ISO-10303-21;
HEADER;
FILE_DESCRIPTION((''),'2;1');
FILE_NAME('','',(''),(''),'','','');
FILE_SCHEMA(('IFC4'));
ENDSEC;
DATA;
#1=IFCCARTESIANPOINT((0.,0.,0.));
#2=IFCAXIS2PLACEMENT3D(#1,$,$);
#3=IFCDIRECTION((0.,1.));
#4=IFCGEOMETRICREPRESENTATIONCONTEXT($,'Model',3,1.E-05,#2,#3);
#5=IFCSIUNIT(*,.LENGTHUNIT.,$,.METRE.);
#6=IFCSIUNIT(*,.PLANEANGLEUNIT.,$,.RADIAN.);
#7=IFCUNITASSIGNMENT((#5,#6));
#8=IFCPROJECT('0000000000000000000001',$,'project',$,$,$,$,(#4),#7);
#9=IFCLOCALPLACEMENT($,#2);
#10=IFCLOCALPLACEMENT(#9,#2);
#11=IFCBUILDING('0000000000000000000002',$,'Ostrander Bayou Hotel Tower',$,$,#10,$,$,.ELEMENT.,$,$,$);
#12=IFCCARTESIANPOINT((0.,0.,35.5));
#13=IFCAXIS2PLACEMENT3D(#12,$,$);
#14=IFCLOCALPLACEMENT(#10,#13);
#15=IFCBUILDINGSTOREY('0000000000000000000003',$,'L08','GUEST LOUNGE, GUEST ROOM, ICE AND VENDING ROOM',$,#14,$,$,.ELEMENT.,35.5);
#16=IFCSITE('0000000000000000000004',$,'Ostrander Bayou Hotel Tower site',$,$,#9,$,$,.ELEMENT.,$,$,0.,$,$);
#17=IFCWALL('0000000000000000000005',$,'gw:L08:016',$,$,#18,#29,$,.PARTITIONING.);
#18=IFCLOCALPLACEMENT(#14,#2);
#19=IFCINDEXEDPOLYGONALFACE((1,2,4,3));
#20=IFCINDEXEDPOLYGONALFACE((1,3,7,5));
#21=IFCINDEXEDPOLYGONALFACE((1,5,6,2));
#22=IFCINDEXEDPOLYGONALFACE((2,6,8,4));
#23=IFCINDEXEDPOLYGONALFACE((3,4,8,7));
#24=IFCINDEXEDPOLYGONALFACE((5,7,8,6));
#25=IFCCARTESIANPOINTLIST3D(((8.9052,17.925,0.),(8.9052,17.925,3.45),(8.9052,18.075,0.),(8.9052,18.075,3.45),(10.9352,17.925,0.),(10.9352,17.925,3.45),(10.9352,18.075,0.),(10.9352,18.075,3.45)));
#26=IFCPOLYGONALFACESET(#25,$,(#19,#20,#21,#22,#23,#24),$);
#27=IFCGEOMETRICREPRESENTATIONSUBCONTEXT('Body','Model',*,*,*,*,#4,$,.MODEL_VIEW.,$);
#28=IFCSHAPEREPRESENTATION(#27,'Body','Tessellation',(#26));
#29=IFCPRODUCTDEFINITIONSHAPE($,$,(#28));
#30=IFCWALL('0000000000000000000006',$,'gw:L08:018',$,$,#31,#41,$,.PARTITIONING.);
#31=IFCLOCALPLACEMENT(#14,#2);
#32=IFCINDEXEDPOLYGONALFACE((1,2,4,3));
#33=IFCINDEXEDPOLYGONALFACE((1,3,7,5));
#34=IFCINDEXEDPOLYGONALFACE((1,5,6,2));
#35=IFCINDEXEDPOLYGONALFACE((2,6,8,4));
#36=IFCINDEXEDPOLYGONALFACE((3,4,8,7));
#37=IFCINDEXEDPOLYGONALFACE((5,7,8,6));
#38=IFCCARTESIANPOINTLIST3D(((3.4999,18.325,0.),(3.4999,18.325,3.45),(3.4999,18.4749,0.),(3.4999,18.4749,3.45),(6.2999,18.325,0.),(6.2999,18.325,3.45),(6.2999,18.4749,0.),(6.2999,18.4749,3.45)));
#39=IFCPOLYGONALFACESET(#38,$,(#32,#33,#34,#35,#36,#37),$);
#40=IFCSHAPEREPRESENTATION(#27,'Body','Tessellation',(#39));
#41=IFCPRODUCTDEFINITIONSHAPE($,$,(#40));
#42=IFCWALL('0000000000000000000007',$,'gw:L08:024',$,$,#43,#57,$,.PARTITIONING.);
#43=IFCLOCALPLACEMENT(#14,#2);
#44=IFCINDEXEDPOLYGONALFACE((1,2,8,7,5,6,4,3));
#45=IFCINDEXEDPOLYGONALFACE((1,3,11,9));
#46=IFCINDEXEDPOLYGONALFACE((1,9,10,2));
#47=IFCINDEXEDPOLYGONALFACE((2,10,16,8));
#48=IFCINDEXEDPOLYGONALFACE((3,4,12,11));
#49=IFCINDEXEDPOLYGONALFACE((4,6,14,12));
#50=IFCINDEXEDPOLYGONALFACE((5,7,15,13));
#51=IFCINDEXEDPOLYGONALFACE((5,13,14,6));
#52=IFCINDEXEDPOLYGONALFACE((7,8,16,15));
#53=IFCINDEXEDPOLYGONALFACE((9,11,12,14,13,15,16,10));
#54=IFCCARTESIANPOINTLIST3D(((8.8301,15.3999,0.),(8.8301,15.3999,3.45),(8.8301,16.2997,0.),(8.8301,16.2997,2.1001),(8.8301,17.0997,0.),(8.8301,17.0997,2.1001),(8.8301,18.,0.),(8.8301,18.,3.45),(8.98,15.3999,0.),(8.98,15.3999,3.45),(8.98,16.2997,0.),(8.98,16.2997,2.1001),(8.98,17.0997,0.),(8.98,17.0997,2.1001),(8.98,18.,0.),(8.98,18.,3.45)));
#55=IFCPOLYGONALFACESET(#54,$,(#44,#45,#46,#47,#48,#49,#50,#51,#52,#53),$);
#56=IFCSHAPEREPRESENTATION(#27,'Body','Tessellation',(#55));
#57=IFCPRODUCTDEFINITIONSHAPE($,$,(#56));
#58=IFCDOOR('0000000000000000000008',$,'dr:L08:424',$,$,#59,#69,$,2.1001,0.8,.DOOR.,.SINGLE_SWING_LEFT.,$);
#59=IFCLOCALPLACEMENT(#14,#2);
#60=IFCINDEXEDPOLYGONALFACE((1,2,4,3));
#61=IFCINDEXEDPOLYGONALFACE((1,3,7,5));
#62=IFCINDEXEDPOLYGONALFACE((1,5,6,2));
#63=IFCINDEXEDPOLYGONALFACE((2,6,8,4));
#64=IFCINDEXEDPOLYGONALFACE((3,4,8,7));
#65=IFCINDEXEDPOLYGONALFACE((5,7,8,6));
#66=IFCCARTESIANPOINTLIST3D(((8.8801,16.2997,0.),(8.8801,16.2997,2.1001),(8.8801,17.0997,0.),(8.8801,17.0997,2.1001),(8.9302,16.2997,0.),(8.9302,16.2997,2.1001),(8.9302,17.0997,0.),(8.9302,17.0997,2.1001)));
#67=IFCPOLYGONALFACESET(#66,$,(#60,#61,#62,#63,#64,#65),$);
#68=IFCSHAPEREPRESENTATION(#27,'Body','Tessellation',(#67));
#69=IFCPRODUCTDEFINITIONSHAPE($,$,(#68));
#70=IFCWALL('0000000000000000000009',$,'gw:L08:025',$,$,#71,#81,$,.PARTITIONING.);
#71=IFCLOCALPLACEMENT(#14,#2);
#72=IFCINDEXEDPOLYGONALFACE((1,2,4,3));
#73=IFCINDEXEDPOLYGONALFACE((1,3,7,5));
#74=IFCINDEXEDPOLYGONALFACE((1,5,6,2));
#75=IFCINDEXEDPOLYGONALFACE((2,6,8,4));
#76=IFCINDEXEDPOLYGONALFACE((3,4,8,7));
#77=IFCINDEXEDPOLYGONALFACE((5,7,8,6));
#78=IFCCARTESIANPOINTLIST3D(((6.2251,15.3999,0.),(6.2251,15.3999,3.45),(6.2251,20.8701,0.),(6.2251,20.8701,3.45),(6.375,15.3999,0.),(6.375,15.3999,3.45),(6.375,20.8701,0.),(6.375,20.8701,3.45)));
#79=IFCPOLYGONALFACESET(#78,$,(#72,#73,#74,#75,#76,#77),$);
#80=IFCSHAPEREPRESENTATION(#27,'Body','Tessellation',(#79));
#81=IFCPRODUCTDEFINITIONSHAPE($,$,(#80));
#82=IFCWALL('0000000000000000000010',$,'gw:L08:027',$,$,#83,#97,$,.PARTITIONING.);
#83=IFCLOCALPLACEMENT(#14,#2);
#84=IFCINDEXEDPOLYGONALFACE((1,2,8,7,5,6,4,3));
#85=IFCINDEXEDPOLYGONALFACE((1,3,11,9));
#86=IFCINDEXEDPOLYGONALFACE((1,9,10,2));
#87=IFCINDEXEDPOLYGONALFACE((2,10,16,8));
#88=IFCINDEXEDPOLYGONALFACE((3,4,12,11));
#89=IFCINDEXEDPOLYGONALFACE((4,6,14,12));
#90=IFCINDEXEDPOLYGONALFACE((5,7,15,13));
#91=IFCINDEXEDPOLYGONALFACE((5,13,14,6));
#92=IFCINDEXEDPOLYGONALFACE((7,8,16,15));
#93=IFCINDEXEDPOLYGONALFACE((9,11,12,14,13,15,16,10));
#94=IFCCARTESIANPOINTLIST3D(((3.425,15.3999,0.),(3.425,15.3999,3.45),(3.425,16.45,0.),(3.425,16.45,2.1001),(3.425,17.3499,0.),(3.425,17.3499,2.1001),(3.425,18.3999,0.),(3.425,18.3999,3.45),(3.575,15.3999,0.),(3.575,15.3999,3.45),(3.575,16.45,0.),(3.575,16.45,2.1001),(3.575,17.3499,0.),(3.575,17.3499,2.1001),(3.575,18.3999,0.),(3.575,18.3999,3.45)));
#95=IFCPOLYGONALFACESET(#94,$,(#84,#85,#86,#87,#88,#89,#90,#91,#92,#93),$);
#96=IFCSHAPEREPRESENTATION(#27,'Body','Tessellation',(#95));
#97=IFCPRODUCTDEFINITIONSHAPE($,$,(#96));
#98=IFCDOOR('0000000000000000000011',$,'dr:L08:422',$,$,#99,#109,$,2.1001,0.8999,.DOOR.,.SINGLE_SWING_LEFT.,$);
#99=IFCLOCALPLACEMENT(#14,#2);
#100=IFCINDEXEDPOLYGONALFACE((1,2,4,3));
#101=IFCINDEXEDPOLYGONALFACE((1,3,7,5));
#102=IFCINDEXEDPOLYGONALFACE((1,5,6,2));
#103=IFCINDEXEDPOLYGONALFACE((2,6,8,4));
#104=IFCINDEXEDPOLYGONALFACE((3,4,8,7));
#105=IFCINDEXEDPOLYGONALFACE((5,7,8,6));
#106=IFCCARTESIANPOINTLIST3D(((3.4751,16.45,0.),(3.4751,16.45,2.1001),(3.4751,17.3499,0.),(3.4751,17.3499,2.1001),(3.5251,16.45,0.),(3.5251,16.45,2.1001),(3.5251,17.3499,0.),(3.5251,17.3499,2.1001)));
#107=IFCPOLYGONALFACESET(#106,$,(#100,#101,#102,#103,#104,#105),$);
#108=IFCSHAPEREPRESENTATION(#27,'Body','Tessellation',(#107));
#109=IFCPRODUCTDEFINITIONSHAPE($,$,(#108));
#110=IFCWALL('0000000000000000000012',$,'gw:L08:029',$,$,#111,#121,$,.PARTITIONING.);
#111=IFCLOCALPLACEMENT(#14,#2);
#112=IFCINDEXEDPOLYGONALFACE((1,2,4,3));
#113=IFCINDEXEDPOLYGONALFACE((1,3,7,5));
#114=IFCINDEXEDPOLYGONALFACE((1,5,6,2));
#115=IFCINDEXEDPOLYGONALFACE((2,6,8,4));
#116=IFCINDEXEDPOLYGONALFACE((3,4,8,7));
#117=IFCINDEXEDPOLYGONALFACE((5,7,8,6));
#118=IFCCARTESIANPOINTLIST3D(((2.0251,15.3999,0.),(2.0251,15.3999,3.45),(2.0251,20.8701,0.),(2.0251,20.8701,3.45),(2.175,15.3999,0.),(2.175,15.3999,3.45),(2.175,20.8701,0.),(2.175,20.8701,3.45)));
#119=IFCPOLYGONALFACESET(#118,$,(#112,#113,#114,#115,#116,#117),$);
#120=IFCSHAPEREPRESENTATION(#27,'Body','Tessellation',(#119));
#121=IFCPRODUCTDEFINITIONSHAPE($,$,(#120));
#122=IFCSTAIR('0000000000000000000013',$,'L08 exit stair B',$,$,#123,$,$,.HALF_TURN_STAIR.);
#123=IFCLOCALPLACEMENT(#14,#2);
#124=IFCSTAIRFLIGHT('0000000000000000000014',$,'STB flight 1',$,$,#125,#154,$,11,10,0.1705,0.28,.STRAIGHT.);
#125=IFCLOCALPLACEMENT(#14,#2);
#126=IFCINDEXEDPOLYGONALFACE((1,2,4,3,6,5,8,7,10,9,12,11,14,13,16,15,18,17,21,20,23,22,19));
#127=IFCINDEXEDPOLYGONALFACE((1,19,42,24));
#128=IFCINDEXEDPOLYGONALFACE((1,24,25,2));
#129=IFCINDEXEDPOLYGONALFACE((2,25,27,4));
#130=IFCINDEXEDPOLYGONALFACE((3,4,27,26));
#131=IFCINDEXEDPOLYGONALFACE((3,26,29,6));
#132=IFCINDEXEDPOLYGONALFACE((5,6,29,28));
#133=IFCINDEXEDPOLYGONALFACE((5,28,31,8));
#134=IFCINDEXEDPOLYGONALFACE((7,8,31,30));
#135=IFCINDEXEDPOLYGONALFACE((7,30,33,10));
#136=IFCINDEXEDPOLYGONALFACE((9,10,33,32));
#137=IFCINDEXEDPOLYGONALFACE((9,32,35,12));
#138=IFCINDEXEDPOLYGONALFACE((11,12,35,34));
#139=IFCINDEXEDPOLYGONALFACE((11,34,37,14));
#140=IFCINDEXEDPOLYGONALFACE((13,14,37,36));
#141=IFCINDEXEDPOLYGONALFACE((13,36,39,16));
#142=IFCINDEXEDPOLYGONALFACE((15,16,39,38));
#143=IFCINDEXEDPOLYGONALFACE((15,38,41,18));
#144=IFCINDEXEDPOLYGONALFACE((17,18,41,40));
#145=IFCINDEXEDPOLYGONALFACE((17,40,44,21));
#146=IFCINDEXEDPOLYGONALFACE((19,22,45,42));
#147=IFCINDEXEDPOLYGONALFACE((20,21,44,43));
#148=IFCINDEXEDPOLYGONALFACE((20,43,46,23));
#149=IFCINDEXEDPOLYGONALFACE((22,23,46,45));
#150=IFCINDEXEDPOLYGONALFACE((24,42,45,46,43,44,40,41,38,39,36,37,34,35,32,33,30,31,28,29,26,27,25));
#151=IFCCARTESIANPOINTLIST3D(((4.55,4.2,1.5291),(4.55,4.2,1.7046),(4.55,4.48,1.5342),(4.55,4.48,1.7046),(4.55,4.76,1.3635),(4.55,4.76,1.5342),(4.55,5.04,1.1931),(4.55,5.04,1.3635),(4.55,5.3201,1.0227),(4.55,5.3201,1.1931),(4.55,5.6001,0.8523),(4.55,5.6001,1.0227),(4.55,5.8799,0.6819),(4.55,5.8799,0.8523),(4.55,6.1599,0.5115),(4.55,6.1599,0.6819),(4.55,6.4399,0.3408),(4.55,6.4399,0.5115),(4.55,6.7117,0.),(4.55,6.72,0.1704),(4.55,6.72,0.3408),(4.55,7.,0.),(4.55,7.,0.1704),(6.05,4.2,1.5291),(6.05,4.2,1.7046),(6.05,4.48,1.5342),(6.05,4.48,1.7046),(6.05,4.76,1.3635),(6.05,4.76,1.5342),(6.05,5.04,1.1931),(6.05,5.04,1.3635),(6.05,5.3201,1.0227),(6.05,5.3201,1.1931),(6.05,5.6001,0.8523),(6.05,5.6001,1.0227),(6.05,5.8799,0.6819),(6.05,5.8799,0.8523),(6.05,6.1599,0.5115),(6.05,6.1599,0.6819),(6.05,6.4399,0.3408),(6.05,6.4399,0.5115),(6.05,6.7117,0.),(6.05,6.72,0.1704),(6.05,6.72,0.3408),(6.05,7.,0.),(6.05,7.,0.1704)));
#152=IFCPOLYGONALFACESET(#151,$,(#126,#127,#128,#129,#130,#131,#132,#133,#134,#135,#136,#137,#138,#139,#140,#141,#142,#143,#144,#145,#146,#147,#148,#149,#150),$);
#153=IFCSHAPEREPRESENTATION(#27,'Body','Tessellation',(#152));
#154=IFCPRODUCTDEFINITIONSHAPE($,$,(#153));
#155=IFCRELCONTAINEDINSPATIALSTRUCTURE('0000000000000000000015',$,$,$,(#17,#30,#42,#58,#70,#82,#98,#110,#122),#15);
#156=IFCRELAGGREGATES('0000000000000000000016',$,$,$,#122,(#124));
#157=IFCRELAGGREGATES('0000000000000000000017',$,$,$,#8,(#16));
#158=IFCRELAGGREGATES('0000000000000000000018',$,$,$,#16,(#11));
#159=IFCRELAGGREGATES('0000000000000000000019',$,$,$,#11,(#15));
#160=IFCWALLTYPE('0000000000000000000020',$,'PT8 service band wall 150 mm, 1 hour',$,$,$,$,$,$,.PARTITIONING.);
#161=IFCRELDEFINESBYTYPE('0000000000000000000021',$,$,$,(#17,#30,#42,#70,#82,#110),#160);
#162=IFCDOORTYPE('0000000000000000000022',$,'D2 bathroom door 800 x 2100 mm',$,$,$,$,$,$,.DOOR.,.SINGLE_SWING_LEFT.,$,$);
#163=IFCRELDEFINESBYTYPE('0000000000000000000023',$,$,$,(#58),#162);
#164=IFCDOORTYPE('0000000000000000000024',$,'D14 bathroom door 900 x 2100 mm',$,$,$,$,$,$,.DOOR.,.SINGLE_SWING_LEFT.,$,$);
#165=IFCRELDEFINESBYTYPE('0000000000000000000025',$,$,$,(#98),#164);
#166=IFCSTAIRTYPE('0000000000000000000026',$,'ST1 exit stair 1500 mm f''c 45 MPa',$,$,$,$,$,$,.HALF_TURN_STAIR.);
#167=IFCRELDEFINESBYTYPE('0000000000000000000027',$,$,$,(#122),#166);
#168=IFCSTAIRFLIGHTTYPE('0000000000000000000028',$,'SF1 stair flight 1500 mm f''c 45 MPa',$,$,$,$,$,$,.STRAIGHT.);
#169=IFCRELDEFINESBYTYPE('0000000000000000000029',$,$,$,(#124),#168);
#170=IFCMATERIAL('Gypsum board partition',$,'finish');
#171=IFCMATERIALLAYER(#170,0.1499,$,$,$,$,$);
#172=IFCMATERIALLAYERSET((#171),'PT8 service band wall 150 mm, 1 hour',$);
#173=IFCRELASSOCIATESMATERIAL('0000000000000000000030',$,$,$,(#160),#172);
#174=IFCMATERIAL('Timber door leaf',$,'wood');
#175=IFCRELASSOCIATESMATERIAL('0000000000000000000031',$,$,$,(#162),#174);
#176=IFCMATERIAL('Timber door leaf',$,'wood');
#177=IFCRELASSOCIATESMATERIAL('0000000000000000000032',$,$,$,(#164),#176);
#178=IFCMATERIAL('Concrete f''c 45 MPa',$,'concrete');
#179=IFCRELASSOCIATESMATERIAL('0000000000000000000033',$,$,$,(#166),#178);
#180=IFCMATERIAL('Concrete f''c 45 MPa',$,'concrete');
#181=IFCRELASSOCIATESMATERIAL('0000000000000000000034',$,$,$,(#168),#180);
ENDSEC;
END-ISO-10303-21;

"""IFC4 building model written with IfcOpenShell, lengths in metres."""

from ifc_helpers import new_model, si_unit, direction, frame, frame_2d, origin, place, context, subcontext, project, spatial, polyline, rectangle, outline, extrude, material, layer, layer_set, type_object, element, fill, aggregate, save


model = new_model("IFC4")

# Units and contexts
model_context = context("Model", 3, precision=1e-05, world=origin(), true_north=direction((0.0, 1.0)))
body_context = subcontext(model_context, "Body", "Model", "MODEL_VIEW")
ifc_project = project(units=[si_unit("LENGTHUNIT", "METRE"), si_unit("PLANEANGLEUNIT", "RADIAN")], contexts=[model_context])

# Site, building, storey
site_placement = place(None, origin())
site = spatial("IfcSite", under=ifc_project, at=site_placement, Name="Ostrander Bayou Hotel Tower site", CompositionType="ELEMENT", RefElevation=0.0)
building_placement = place(site_placement, origin())
building = spatial("IfcBuilding", under=site, at=building_placement, Name="Ostrander Bayou Hotel Tower", CompositionType="ELEMENT")
storey_placement = place(building_placement, frame((0.0, 0.0, 35.5)))
storey = spatial("IfcBuildingStorey", under=building, at=storey_placement, Name="L08", Description="GUEST LOUNGE, GUEST ROOM, ICE AND VENDING ROOM", CompositionType="ELEMENT", Elevation=35.5)

# Walls
ifc_material_1 = material(Name="Gypsum board partition", Category="finish")
ifc_layer_1 = layer(ifc_material_1, 0.1499)
ifc_layer_set_1 = layer_set([ifc_layer_1], Name="PT8 service band wall 150 mm, 1 hour")
wall_type_1 = type_object("IfcWallType", Name="PT8 service band wall 150 mm, 1 hour", PredefinedType="PARTITIONING", material=ifc_layer_set_1)
wall_1_placement = place(storey_placement, frame((8.905, 18.0, 0.0), z_axis=(0.0, 0.0, 1.0), x_axis=(1.0, 0.0, 0.0)))
element("IfcWall", 1, at=wall_1_placement, inside=storey, type_object=wall_type_1, Name="gw:L08:016", PredefinedType="PARTITIONING", context=body_context, shape_type="SweptSolid", body=[
    extrude(rectangle(XDim=2.03, YDim=0.1499, at=frame_2d((1.0151, 0.0))), origin(), (0.0, 0.0, 1.0), 3.45),
])
wall_2_placement = place(storey_placement, frame((3.5, 18.3999, 0.0), z_axis=(0.0, 0.0, 1.0), x_axis=(1.0, 0.0, 0.0)))
element("IfcWall", 2, at=wall_2_placement, inside=storey, type_object=wall_type_1, Name="gw:L08:018", PredefinedType="PARTITIONING", context=body_context, shape_type="SweptSolid", body=[
    extrude(rectangle(XDim=2.8, YDim=0.1499, at=frame_2d((1.3999, 0.0))), origin(), (0.0, 0.0, 1.0), 3.45),
])

# Wall, opening, door
wall_3_placement = place(storey_placement, frame((8.905, 15.3999, 0.0), z_axis=(0.0, 0.0, 1.0), x_axis=(0.0, 1.0, 0.0)))
wall_3 = element("IfcWall", 3, at=wall_3_placement, inside=storey, type_object=wall_type_1, Name="gw:L08:024", PredefinedType="PARTITIONING", context=body_context, shape_type="SweptSolid", body=[
    extrude(rectangle(XDim=2.6001, YDim=0.1499, at=frame_2d((1.3, 0.0))), origin(), (0.0, 0.0, 1.0), 3.45),
])
opening_1_placement = place(wall_3_placement, frame((0.8999, 0.0, 0.0)))
opening_1 = element("IfcOpeningElement", 4, at=opening_1_placement, cuts=wall_3, PredefinedType="OPENING", context=body_context, shape_type="SweptSolid", body=[
    extrude(rectangle(XDim=0.8, YDim=2.1001, at=frame_2d((0.3999, 1.05))), frame((0.0, 0.075, 0.0), z_axis=(0.0, -1.0, 0.0), x_axis=(1.0, 0.0, 0.0)), (0.0, 0.0, 1.0), 0.1499),
])
ifc_material_2 = material(Name="Timber door leaf", Category="wood")
door_type_1 = type_object("IfcDoorType", Name="D2 bathroom door 800 x 2100 mm", OperationType="SINGLE_SWING_LEFT", PredefinedType="DOOR", material=ifc_material_2)
door_1_placement = place(opening_1_placement, origin())
door_1 = element("IfcDoor", 5, at=door_1_placement, inside=storey, type_object=door_type_1, Name="dr:L08:424", OperationType="SINGLE_SWING_LEFT", OverallHeight=2.1001, OverallWidth=0.8, PredefinedType="DOOR", context=body_context, shape_type="SweptSolid", body=[
    extrude(rectangle(XDim=0.8, YDim=2.1001, at=frame_2d((0.3999, 1.05))), frame((0.0, 0.0249, 0.0), z_axis=(0.0, -1.0, 0.0), x_axis=(1.0, 0.0, 0.0)), (0.0, 0.0, 1.0), 0.05),
])
fill(opening_1, door_1)

# Wall
wall_4_placement = place(storey_placement, frame((6.3, 15.3999, 0.0), z_axis=(0.0, 0.0, 1.0), x_axis=(0.0, 1.0, 0.0)))
element("IfcWall", 6, at=wall_4_placement, inside=storey, type_object=wall_type_1, Name="gw:L08:025", PredefinedType="PARTITIONING", context=body_context, shape_type="SweptSolid", body=[
    extrude(rectangle(XDim=5.4702, YDim=0.1499, at=frame_2d((2.7351, 0.0))), origin(), (0.0, 0.0, 1.0), 3.45),
])

# Wall, opening, door
wall_5_placement = place(storey_placement, frame((3.5, 15.3999, 0.0), z_axis=(0.0, 0.0, 1.0), x_axis=(0.0, 1.0, 0.0)))
wall_5 = element("IfcWall", 7, at=wall_5_placement, inside=storey, type_object=wall_type_1, Name="gw:L08:027", PredefinedType="PARTITIONING", context=body_context, shape_type="SweptSolid", body=[
    extrude(rectangle(XDim=3.0, YDim=0.1499, at=frame_2d((1.5, 0.0))), origin(), (0.0, 0.0, 1.0), 3.45),
])
opening_2_placement = place(wall_5_placement, frame((1.05, 0.0, 0.0)))
opening_2 = element("IfcOpeningElement", 8, at=opening_2_placement, cuts=wall_5, PredefinedType="OPENING", context=body_context, shape_type="SweptSolid", body=[
    extrude(rectangle(XDim=0.8999, YDim=2.1001, at=frame_2d((0.45, 1.05))), frame((0.0, 0.075, 0.0), z_axis=(0.0, -1.0, 0.0), x_axis=(1.0, 0.0, 0.0)), (0.0, 0.0, 1.0), 0.1499),
])
ifc_material_3 = material(Name="Timber door leaf", Category="wood")
door_type_2 = type_object("IfcDoorType", Name="D14 bathroom door 900 x 2100 mm", OperationType="SINGLE_SWING_LEFT", PredefinedType="DOOR", material=ifc_material_3)
door_2_placement = place(opening_2_placement, origin())
door_2 = element("IfcDoor", 9, at=door_2_placement, inside=storey, type_object=door_type_2, Name="dr:L08:422", OperationType="SINGLE_SWING_LEFT", OverallHeight=2.1001, OverallWidth=0.8999, PredefinedType="DOOR", context=body_context, shape_type="SweptSolid", body=[
    extrude(rectangle(XDim=0.8999, YDim=2.1001, at=frame_2d((0.45, 1.05))), frame((0.0, 0.0249, 0.0), z_axis=(0.0, -1.0, 0.0), x_axis=(1.0, 0.0, 0.0)), (0.0, 0.0, 1.0), 0.05),
])
fill(opening_2, door_2)

# Wall
wall_6_placement = place(storey_placement, frame((2.1001, 15.3999, 0.0), z_axis=(0.0, 0.0, 1.0), x_axis=(0.0, 1.0, 0.0)))
element("IfcWall", 10, at=wall_6_placement, inside=storey, type_object=wall_type_1, Name="gw:L08:029", PredefinedType="PARTITIONING", context=body_context, shape_type="SweptSolid", body=[
    extrude(rectangle(XDim=5.4702, YDim=0.1499, at=frame_2d((2.7351, 0.0))), origin(), (0.0, 0.0, 1.0), 3.45),
])

# Stair, stair flight
ifc_material_4 = material(Name="Concrete f'c 45 MPa", Category="concrete")
stair_type = type_object("IfcStairType", Name="ST1 exit stair 1500 mm f'c 45 MPa", PredefinedType="HALF_TURN_STAIR", material=ifc_material_4)
stair_placement = place(storey_placement, origin())
stair = element("IfcStair", 11, at=stair_placement, inside=storey, type_object=stair_type, Name="L08 exit stair B", PredefinedType="HALF_TURN_STAIR")
ifc_material_5 = material(Name="Concrete f'c 45 MPa", Category="concrete")
stair_flight_type = type_object("IfcStairFlightType", Name="SF1 stair flight 1500 mm f'c 45 MPa", PredefinedType="STRAIGHT", material=ifc_material_5)
stair_flight_placement = place(storey_placement, frame((5.3, 7.0, 0.0), z_axis=(0.0, 0.0, 1.0), x_axis=(0.0, -1.0, 0.0)))
stair_flight = element("IfcStairFlight", 12, at=stair_flight_placement, type_object=stair_flight_type, Name="STB flight 1", NumberOfRisers=11, NumberOfTreads=10, PredefinedType="STRAIGHT", RiserHeight=0.1705, TreadLength=0.28, context=body_context, shape_type="SweptSolid", body=[
    extrude(outline(polyline([(0.0, 0.0), (0.0, 0.1704), (0.28, 0.1704), (0.28, 0.3408), (0.5601, 0.3408), (0.5601, 0.5115), (0.8401, 0.5115), (0.8401, 0.6819), (1.1201, 0.6819), (1.1201, 0.8523), (1.3999, 0.8523), (1.3999, 1.0227), (1.6799, 1.0227), (1.6799, 1.1931), (1.96, 1.1931), (1.96, 1.3635), (2.24, 1.3635), (2.24, 1.5342), (2.52, 1.5342), (2.52, 1.7046), (2.8, 1.7046), (2.8, 1.875), (2.8, 1.5291), (0.2883, 0.0), (0.0, 0.0)])), frame((0.0, 0.75, 0.0), z_axis=(0.0, -1.0, 0.0), x_axis=(1.0, 0.0, 0.0)), (0.0, 0.0, 1.0), 1.5),
])
aggregate(stair, [stair_flight])

save(model, "model.ifc")
